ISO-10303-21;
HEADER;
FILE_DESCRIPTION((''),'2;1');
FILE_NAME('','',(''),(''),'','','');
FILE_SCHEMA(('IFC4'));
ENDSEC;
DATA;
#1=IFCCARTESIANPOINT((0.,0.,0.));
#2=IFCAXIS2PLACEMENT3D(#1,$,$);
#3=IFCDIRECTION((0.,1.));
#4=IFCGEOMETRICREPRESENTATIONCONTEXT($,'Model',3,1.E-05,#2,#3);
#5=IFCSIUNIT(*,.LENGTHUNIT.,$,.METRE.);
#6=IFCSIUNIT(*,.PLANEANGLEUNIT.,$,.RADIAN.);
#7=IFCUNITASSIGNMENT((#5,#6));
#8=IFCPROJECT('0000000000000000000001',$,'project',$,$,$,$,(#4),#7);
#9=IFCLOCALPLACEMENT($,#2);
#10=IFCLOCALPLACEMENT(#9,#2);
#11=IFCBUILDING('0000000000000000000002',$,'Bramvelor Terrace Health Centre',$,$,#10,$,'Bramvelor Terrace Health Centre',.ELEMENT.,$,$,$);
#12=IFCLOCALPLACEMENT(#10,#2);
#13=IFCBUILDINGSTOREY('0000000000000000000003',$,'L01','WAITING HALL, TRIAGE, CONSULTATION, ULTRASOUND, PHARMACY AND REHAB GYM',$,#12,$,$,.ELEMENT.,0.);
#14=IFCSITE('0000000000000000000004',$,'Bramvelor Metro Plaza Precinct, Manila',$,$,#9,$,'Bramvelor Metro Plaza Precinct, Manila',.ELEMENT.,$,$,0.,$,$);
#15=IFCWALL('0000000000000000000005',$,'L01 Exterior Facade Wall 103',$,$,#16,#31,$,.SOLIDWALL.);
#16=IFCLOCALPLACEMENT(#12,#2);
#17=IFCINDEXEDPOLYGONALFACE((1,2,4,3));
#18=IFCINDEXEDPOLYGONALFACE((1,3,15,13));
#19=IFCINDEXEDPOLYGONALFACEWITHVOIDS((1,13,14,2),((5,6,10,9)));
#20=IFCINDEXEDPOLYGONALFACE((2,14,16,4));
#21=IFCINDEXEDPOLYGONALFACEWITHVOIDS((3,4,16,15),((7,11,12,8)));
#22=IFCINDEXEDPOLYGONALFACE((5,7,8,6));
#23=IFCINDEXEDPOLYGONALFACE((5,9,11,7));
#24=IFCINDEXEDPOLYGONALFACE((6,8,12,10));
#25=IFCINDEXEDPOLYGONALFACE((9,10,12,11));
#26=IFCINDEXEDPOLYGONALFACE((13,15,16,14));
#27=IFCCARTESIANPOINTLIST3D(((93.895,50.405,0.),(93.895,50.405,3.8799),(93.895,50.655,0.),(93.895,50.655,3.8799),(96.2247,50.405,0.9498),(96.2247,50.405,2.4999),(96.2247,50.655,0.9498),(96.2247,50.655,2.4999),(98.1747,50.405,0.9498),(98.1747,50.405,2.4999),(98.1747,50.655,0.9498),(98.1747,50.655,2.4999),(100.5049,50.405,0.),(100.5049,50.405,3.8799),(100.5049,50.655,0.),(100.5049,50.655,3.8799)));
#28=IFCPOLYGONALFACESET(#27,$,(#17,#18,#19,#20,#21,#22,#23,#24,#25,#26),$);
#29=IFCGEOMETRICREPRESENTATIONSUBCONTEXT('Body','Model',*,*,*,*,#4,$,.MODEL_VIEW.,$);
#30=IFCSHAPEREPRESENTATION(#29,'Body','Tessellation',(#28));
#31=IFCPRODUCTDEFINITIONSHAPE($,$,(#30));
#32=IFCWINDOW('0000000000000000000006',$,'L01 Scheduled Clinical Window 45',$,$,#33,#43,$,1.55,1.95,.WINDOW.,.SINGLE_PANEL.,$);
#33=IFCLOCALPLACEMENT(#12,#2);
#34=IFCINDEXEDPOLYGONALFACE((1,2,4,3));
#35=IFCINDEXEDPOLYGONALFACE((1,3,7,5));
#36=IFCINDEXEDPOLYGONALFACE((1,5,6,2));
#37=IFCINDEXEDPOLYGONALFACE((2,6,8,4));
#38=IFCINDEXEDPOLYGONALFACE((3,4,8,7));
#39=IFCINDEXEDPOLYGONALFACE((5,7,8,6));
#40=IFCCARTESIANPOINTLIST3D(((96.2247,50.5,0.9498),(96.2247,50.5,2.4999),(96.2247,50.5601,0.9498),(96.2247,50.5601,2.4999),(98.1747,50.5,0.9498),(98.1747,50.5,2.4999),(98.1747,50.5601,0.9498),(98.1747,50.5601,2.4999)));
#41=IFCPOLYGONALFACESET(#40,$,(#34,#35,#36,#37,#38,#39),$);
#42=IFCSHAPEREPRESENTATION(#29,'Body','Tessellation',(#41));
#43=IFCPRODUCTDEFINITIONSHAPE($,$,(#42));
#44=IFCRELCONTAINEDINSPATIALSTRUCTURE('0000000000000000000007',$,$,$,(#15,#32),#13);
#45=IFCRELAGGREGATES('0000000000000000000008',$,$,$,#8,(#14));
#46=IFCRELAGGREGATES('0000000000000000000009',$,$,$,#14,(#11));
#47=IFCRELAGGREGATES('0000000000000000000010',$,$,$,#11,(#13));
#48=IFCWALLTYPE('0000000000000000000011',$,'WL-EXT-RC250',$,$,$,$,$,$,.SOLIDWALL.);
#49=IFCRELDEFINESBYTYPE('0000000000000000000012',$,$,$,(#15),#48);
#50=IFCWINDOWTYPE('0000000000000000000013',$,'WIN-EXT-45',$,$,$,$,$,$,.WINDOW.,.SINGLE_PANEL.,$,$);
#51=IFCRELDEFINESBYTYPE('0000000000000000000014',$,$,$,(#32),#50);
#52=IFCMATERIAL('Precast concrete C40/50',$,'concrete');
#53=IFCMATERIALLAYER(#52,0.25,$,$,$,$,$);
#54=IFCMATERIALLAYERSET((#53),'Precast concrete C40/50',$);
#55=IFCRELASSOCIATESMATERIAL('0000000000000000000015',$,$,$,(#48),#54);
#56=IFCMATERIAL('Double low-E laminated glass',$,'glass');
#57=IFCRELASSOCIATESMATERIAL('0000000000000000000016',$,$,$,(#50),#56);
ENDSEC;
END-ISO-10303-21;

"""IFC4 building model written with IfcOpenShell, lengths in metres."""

from ifc_helpers import new_model, si_unit, direction, frame, frame_2d, origin, place, context, subcontext, project, spatial, rectangle, extrude, material, layer, layer_set, type_object, element, fill, save


model = new_model("IFC4")

# Units and contexts
model_context = context("Model", 3, precision=1e-05, world=origin(), true_north=direction((0.0, 1.0)))
body_context = subcontext(model_context, "Body", "Model", "MODEL_VIEW")
ifc_project = project(units=[si_unit("LENGTHUNIT", "METRE"), si_unit("PLANEANGLEUNIT", "RADIAN")], contexts=[model_context])

# Site, building, storey
site_placement = place(None, origin())
site = spatial("IfcSite", under=ifc_project, at=site_placement, Name="Bramvelor Metro Plaza Precinct, Manila", LongName="Bramvelor Metro Plaza Precinct, Manila", CompositionType="ELEMENT", RefElevation=0.0)
building_placement = place(site_placement, origin())
building = spatial("IfcBuilding", under=site, at=building_placement, Name="Bramvelor Terrace Health Centre", LongName="Bramvelor Terrace Health Centre", CompositionType="ELEMENT")
storey_placement = place(building_placement, origin())
storey = spatial("IfcBuildingStorey", under=building, at=storey_placement, Name="L01", Description="WAITING HALL, TRIAGE, CONSULTATION, ULTRASOUND, PHARMACY AND REHAB GYM", CompositionType="ELEMENT", Elevation=0.0)

# Wall, opening, window
ifc_material_1 = material(Name="Precast concrete C40/50", Category="concrete")
ifc_layer_1 = layer(ifc_material_1, 0.25)
ifc_layer_set_1 = layer_set([ifc_layer_1], Name="Precast concrete C40/50")
wall_type_1 = type_object("IfcWallType", Name="WL-EXT-RC250", PredefinedType="SOLIDWALL", material=ifc_layer_set_1)
wall_1_placement = place(storey_placement, frame((100.5049, 50.53, 0.0), z_axis=(0.0, 0.0, 1.0), x_axis=(-1.0, 0.0, 0.0)))
wall_1 = element("IfcWall", 1, at=wall_1_placement, inside=storey, type_object=wall_type_1, Name="L01 Exterior Facade Wall 103", PredefinedType="SOLIDWALL", context=body_context, shape_type="SweptSolid", body=[
    extrude(rectangle(XDim=6.6099, YDim=0.25, at=frame_2d((3.3049, 0.0))), origin(), (0.0, 0.0, 1.0), 3.8799),
])
opening_1_placement = place(wall_1_placement, frame((2.3301, 0.0, 0.95)))
opening_1 = element("IfcOpeningElement", 2, at=opening_1_placement, cuts=wall_1, PredefinedType="OPENING", context=body_context, shape_type="SweptSolid", body=[
    extrude(rectangle(XDim=1.95, YDim=1.55, at=frame_2d((0.9751, 0.7749))), frame((0.0, 0.135, 0.0), z_axis=(0.0, -1.0, 0.0), x_axis=(1.0, 0.0, 0.0)), (0.0, 0.0, 1.0), 0.27),
])
ifc_material_2 = material(Name="Double low-E laminated glass", Category="glass")
window_type_1 = type_object("IfcWindowType", Name="WIN-EXT-45", PartitioningType="SINGLE_PANEL", PredefinedType="WINDOW", material=ifc_material_2)
window_1_placement = place(opening_1_placement, origin())
window_1 = element("IfcWindow", 3, at=window_1_placement, inside=storey, type_object=window_type_1, Name="L01 Scheduled Clinical Window 45", OverallHeight=1.55, OverallWidth=1.95, PartitioningType="SINGLE_PANEL", PredefinedType="WINDOW", context=body_context, shape_type="SweptSolid", body=[
    extrude(rectangle(XDim=1.95, YDim=1.55, at=frame_2d((0.9751, 0.7749))), frame((0.0, 0.03, 0.0), z_axis=(0.0, -1.0, 0.0), x_axis=(1.0, 0.0, 0.0)), (0.0, 0.0, 1.0), 0.0601),
])
fill(opening_1, window_1)

save(model, "model.ifc")
